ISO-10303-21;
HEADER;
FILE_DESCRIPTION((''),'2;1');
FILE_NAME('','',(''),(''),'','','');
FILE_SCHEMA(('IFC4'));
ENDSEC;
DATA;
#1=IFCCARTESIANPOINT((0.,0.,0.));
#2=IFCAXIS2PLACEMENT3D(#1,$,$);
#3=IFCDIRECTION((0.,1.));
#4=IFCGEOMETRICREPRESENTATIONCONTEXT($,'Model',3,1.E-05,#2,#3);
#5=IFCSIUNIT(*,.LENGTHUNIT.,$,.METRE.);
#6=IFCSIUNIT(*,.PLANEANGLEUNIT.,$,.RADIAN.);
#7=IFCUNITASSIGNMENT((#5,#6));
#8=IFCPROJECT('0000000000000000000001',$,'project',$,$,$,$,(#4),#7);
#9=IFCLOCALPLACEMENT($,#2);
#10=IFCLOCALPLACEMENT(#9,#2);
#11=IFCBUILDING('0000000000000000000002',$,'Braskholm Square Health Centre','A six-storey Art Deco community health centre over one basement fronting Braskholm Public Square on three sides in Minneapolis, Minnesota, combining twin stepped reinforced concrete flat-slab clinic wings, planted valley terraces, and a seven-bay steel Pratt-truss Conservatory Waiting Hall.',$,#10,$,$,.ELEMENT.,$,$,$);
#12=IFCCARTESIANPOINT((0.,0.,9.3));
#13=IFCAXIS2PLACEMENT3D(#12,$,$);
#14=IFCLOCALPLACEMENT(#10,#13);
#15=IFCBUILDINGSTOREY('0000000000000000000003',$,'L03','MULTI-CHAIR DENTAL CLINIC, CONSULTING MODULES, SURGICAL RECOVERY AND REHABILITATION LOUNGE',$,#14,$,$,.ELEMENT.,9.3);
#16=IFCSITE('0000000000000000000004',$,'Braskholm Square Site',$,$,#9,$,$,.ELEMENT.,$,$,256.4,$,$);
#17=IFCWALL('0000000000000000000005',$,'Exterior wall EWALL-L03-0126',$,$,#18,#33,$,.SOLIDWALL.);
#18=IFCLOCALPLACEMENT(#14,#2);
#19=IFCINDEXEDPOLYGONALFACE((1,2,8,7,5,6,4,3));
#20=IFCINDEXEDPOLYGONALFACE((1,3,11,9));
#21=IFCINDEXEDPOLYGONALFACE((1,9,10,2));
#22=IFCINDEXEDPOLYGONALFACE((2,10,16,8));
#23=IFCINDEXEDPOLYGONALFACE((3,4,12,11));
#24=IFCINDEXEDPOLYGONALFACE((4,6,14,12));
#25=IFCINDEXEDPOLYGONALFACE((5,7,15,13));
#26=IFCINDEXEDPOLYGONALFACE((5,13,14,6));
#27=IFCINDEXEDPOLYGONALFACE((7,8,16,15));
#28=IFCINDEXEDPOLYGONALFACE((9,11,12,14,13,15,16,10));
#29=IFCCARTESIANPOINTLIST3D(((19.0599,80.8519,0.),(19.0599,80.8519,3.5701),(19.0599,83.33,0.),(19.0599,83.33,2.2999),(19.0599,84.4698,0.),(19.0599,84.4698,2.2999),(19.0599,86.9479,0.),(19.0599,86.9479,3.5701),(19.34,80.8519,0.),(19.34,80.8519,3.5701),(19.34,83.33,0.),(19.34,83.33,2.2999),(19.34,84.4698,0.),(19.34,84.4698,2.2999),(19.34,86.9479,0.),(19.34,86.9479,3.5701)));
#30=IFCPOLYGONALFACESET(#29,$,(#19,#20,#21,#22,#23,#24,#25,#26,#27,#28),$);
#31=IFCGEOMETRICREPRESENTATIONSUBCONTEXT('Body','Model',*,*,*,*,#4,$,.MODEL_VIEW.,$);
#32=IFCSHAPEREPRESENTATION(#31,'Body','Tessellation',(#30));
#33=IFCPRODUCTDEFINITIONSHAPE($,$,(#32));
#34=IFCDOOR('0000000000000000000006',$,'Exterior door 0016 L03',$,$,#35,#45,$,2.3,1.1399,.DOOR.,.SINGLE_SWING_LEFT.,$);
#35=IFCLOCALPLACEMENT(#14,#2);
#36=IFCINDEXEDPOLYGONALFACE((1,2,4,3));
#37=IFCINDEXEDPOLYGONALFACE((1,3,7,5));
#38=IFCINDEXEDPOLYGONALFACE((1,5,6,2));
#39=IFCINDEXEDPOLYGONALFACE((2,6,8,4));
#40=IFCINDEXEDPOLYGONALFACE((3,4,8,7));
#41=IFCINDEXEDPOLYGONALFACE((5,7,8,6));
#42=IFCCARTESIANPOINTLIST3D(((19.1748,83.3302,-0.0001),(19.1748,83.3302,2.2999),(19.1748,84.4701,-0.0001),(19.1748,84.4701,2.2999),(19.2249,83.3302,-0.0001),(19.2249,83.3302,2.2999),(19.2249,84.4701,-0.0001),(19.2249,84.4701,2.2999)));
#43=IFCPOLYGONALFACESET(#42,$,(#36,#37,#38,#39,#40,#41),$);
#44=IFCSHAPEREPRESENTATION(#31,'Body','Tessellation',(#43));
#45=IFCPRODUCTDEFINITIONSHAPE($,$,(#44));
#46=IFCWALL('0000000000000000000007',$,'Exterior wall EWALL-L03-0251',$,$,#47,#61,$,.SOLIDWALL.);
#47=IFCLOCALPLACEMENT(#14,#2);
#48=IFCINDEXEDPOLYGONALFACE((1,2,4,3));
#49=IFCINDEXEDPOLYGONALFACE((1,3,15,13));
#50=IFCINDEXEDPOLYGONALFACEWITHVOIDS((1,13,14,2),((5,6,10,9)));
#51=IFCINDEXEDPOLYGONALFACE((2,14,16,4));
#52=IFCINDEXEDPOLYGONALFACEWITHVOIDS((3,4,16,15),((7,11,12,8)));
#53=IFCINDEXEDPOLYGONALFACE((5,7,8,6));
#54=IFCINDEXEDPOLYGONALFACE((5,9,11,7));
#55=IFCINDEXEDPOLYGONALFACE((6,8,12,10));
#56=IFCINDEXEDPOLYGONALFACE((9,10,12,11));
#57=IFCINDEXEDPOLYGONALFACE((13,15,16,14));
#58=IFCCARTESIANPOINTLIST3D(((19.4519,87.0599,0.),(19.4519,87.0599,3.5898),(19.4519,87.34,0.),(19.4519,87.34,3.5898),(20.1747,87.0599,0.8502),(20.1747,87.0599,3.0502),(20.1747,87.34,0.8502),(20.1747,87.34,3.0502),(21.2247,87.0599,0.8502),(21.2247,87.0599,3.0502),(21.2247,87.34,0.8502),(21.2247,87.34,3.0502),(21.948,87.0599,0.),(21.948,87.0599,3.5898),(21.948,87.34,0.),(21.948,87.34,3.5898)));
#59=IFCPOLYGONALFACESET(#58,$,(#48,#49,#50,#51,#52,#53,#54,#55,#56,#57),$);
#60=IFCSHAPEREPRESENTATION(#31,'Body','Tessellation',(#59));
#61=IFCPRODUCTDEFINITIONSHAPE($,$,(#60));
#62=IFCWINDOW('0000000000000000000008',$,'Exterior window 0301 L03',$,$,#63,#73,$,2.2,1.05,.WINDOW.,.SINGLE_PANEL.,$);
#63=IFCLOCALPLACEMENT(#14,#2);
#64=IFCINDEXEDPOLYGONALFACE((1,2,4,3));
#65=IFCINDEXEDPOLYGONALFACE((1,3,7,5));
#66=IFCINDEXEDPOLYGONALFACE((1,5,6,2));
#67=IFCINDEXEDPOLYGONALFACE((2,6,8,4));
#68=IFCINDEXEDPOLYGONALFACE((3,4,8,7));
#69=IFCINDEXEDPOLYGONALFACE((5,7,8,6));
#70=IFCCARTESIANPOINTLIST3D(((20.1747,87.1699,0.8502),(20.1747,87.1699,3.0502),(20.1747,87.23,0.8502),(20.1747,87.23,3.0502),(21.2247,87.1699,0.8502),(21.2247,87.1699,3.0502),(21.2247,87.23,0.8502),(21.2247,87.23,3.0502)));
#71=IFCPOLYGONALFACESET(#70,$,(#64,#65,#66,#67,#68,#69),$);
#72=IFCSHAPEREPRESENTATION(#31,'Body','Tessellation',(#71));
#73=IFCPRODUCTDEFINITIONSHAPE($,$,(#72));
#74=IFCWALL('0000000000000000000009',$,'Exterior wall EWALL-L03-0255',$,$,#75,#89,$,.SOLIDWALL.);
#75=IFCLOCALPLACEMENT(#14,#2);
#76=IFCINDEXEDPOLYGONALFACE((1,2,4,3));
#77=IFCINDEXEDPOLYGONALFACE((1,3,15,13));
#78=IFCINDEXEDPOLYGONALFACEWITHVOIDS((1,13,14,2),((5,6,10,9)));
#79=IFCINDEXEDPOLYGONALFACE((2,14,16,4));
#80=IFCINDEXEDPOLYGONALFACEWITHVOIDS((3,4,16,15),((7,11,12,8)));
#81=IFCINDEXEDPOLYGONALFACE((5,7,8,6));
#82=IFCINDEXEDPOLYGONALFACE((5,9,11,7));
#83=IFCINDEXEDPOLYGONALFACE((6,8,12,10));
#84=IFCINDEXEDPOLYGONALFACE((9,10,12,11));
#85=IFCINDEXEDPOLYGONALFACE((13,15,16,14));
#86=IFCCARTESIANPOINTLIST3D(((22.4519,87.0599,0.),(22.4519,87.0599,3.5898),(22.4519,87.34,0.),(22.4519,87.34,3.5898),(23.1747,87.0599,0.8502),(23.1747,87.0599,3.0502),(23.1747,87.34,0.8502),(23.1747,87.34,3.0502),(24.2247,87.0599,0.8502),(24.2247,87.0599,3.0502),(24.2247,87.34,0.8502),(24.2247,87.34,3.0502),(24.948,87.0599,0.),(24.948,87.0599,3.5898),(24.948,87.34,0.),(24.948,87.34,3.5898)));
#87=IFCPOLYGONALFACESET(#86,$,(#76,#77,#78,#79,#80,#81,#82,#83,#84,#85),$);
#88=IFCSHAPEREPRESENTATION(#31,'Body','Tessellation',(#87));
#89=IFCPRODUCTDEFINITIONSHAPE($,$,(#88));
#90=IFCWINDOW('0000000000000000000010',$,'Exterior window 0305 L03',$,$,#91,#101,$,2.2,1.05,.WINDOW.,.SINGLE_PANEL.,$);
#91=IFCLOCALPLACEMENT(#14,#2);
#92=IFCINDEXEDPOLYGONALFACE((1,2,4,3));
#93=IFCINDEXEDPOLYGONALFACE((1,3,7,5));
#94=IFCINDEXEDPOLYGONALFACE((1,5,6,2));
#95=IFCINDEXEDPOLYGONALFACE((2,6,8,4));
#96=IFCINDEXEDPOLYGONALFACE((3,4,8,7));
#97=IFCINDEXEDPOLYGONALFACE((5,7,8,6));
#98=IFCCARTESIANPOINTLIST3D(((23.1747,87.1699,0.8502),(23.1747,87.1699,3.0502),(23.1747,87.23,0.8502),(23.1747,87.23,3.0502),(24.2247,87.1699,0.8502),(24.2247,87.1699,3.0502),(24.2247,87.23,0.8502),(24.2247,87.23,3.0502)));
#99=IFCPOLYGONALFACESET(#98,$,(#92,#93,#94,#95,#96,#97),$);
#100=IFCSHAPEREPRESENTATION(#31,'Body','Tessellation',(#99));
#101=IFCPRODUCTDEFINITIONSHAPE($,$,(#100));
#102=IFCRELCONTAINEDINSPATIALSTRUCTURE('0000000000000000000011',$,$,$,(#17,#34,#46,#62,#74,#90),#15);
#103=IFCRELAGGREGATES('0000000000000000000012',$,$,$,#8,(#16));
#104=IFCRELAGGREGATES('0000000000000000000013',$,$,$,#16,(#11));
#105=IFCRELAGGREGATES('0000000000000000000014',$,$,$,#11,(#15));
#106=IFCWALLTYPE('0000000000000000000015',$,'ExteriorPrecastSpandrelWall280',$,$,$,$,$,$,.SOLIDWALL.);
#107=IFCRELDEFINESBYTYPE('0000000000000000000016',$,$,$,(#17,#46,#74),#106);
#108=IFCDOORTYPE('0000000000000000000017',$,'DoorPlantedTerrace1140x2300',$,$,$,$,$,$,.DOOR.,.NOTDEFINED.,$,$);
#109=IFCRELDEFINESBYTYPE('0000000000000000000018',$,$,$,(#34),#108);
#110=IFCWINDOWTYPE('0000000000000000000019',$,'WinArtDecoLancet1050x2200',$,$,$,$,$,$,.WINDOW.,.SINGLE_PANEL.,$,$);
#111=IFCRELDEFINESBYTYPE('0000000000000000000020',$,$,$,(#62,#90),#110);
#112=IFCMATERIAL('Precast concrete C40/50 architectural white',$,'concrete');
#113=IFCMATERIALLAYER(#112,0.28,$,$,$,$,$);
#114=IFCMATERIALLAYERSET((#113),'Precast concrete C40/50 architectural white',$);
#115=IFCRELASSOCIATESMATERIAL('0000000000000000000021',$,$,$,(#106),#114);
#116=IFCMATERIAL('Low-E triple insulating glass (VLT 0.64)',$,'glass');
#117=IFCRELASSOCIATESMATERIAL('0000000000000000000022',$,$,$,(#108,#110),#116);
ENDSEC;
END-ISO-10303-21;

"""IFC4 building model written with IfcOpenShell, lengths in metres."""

from ifc_helpers import new_model, si_unit, direction, frame, frame_2d, origin, origin_with_axes, place, context, subcontext, project, spatial, rectangle, extrude, material, layer, layer_set, type_object, element, fill, save


model = new_model("IFC4")

# Units and contexts
model_context = context("Model", 3, precision=1e-05, world=origin(), true_north=direction((0.0, 1.0)))
body_context = subcontext(model_context, "Body", "Model", "MODEL_VIEW")
ifc_project = project(units=[si_unit("LENGTHUNIT", "METRE"), si_unit("PLANEANGLEUNIT", "RADIAN")], contexts=[model_context])

# Site, building, storey
site_placement = place(None, origin())
site = spatial("IfcSite", under=ifc_project, at=site_placement, Name="Braskholm Square Site", CompositionType="ELEMENT", RefElevation=256.4)
building_placement = place(site_placement, origin())
building = spatial("IfcBuilding", under=site, at=building_placement, Name="Braskholm Square Health Centre", Description="A six-storey Art Deco community health centre over one basement fronting Braskholm Public Square on three sides in Minneapolis, Minnesota, combining twin stepped reinforced concrete flat-slab clinic wings, planted valley terraces, and a seven-bay steel Pratt-truss Conservatory Waiting Hall.", CompositionType="ELEMENT")
storey_placement = place(building_placement, frame((0.0, 0.0, 9.3)))
storey = spatial("IfcBuildingStorey", under=building, at=storey_placement, Name="L03", Description="MULTI-CHAIR DENTAL CLINIC, CONSULTING MODULES, SURGICAL RECOVERY AND REHABILITATION LOUNGE", CompositionType="ELEMENT", Elevation=9.3)

# Shared definitions
ifc_material_1 = material(Name="Low-E triple insulating glass (VLT 0.64)", Category="glass")

# Shared definitions
ifc_material_2 = material(Name="Precast concrete C40/50 architectural white", Category="concrete")

# Shared definitions
ifc_layer = layer(ifc_material_2, 0.28)
ifc_layer_set = layer_set([ifc_layer], Name="Precast concrete C40/50 architectural white")
wall_type = type_object("IfcWallType", Name="ExteriorPrecastSpandrelWall280", PredefinedType="SOLIDWALL", material=ifc_layer_set)

# Wall, opening, door
wall_1_placement = place(storey_placement, frame((19.2, 80.8521, 0.0), z_axis=(0.0, 0.0, 1.0), x_axis=(0.0, 1.0, 0.0)))
wall_1 = element("IfcWall", 1, at=wall_1_placement, inside=storey, type_object=wall_type, Name="Exterior wall EWALL-L03-0126", PredefinedType="SOLIDWALL", context=body_context, shape_type="SweptSolid", body=[
    extrude(rectangle(XDim=6.0959, YDim=0.28, at=frame_2d((3.0479, 0.0))), origin(), (0.0, 0.0, 1.0), 3.5701),
])
opening_1_placement = place(wall_1_placement, frame((2.478, 0.0, 0.0)))
opening_1 = element("IfcOpeningElement", 2, at=opening_1_placement, cuts=wall_1, PredefinedType="OPENING", context=body_context, shape_type="SweptSolid", body=[
    extrude(rectangle(XDim=1.1399, YDim=2.3, at=frame_2d((0.5698, 1.1499))), frame((0.0, 0.1499, 0.0), z_axis=(0.0, -1.0, 0.0), x_axis=(1.0, 0.0, 0.0)), (0.0, 0.0, 1.0), 0.3),
])
door_type = type_object("IfcDoorType", Name="DoorPlantedTerrace1140x2300", OperationType="NOTDEFINED", PredefinedType="DOOR", material=ifc_material_1)
door_placement = place(opening_1_placement, frame((1.1399, 0.0, 0.0), z_axis=(0.0, 0.0, 1.0), x_axis=(-1.0, 0.0, 0.0)))
door = element("IfcDoor", 3, at=door_placement, inside=storey, type_object=door_type, Name="Exterior door 0016 L03", OperationType="SINGLE_SWING_LEFT", OverallHeight=2.3, OverallWidth=1.1399, PredefinedType="DOOR", context=body_context, shape_type="SweptSolid", body=[
    extrude(rectangle(XDim=1.1399, YDim=2.3, at=frame_2d((0.5698, 1.1499))), frame((0.0, 0.0249, 0.0), z_axis=(0.0, -1.0, 0.0), x_axis=(1.0, 0.0, 0.0)), (0.0, 0.0, 1.0), 0.05),
])
fill(opening_1, door)

# Walls, openings, windows
wall_2_placement = place(storey_placement, frame((19.4519, 87.2, 0.0), z_axis=(0.0, 0.0, 1.0), x_axis=(1.0, 0.0, 0.0)))
wall_2 = element("IfcWall", 4, at=wall_2_placement, inside=storey, type_object=wall_type, Name="Exterior wall EWALL-L03-0251", PredefinedType="SOLIDWALL", context=body_context, shape_type="SweptSolid", body=[
    extrude(rectangle(XDim=2.4961, YDim=0.28, at=frame_2d((1.248, 0.0))), origin(), (0.0, 0.0, 1.0), 3.5898),
])
opening_2_placement = place(wall_2_placement, frame((0.7229, 0.0, 0.8501)))
opening_2 = element("IfcOpeningElement", 5, at=opening_2_placement, cuts=wall_2, PredefinedType="OPENING", context=body_context, shape_type="SweptSolid", body=[
    extrude(rectangle(XDim=1.05, YDim=2.2, at=frame_2d((0.5249, 1.1001))), frame((0.0, 0.1499, 0.0), z_axis=(0.0, -1.0, 0.0), x_axis=(1.0, 0.0, 0.0)), (0.0, 0.0, 1.0), 0.3),
])
window_type = type_object("IfcWindowType", Name="WinArtDecoLancet1050x2200", PartitioningType="SINGLE_PANEL", PredefinedType="WINDOW", material=ifc_material_1)
window_1_placement = place(opening_2_placement, origin_with_axes())
window_1 = element("IfcWindow", 6, at=window_1_placement, inside=storey, type_object=window_type, Name="Exterior window 0301 L03", OverallHeight=2.2, OverallWidth=1.05, PartitioningType="SINGLE_PANEL", PredefinedType="WINDOW", context=body_context, shape_type="SweptSolid", body=[
    extrude(rectangle(XDim=1.05, YDim=2.2, at=frame_2d((0.5249, 1.1001))), frame((0.0, 0.03, 0.0), z_axis=(0.0, -1.0, 0.0), x_axis=(1.0, 0.0, 0.0)), (0.0, 0.0, 1.0), 0.0601),
])
fill(opening_2, window_1)
wall_3_placement = place(storey_placement, frame((22.4519, 87.2, 0.0), z_axis=(0.0, 0.0, 1.0), x_axis=(1.0, 0.0, 0.0)))
wall_3 = element("IfcWall", 7, at=wall_3_placement, inside=storey, type_object=wall_type, Name="Exterior wall EWALL-L03-0255", PredefinedType="SOLIDWALL", context=body_context, shape_type="SweptSolid", body=[
    extrude(rectangle(XDim=2.4961, YDim=0.28, at=frame_2d((1.248, 0.0))), origin(), (0.0, 0.0, 1.0), 3.5898),
])
opening_3_placement = place(wall_3_placement, frame((0.7229, 0.0, 0.8501)))
opening_3 = element("IfcOpeningElement", 8, at=opening_3_placement, cuts=wall_3, PredefinedType="OPENING", context=body_context, shape_type="SweptSolid", body=[
    extrude(rectangle(XDim=1.05, YDim=2.2, at=frame_2d((0.5249, 1.1001))), frame((0.0, 0.1499, 0.0), z_axis=(0.0, -1.0, 0.0), x_axis=(1.0, 0.0, 0.0)), (0.0, 0.0, 1.0), 0.3),
])
window_2_placement = place(opening_3_placement, origin_with_axes())
window_2 = element("IfcWindow", 9, at=window_2_placement, inside=storey, type_object=window_type, Name="Exterior window 0305 L03", OverallHeight=2.2, OverallWidth=1.05, PartitioningType="SINGLE_PANEL", PredefinedType="WINDOW", context=body_context, shape_type="SweptSolid", body=[
    extrude(rectangle(XDim=1.05, YDim=2.2, at=frame_2d((0.5249, 1.1001))), frame((0.0, 0.03, 0.0), z_axis=(0.0, -1.0, 0.0), x_axis=(1.0, 0.0, 0.0)), (0.0, 0.0, 1.0), 0.0601),
])
fill(opening_3, window_2)

save(model, "model.ifc")
